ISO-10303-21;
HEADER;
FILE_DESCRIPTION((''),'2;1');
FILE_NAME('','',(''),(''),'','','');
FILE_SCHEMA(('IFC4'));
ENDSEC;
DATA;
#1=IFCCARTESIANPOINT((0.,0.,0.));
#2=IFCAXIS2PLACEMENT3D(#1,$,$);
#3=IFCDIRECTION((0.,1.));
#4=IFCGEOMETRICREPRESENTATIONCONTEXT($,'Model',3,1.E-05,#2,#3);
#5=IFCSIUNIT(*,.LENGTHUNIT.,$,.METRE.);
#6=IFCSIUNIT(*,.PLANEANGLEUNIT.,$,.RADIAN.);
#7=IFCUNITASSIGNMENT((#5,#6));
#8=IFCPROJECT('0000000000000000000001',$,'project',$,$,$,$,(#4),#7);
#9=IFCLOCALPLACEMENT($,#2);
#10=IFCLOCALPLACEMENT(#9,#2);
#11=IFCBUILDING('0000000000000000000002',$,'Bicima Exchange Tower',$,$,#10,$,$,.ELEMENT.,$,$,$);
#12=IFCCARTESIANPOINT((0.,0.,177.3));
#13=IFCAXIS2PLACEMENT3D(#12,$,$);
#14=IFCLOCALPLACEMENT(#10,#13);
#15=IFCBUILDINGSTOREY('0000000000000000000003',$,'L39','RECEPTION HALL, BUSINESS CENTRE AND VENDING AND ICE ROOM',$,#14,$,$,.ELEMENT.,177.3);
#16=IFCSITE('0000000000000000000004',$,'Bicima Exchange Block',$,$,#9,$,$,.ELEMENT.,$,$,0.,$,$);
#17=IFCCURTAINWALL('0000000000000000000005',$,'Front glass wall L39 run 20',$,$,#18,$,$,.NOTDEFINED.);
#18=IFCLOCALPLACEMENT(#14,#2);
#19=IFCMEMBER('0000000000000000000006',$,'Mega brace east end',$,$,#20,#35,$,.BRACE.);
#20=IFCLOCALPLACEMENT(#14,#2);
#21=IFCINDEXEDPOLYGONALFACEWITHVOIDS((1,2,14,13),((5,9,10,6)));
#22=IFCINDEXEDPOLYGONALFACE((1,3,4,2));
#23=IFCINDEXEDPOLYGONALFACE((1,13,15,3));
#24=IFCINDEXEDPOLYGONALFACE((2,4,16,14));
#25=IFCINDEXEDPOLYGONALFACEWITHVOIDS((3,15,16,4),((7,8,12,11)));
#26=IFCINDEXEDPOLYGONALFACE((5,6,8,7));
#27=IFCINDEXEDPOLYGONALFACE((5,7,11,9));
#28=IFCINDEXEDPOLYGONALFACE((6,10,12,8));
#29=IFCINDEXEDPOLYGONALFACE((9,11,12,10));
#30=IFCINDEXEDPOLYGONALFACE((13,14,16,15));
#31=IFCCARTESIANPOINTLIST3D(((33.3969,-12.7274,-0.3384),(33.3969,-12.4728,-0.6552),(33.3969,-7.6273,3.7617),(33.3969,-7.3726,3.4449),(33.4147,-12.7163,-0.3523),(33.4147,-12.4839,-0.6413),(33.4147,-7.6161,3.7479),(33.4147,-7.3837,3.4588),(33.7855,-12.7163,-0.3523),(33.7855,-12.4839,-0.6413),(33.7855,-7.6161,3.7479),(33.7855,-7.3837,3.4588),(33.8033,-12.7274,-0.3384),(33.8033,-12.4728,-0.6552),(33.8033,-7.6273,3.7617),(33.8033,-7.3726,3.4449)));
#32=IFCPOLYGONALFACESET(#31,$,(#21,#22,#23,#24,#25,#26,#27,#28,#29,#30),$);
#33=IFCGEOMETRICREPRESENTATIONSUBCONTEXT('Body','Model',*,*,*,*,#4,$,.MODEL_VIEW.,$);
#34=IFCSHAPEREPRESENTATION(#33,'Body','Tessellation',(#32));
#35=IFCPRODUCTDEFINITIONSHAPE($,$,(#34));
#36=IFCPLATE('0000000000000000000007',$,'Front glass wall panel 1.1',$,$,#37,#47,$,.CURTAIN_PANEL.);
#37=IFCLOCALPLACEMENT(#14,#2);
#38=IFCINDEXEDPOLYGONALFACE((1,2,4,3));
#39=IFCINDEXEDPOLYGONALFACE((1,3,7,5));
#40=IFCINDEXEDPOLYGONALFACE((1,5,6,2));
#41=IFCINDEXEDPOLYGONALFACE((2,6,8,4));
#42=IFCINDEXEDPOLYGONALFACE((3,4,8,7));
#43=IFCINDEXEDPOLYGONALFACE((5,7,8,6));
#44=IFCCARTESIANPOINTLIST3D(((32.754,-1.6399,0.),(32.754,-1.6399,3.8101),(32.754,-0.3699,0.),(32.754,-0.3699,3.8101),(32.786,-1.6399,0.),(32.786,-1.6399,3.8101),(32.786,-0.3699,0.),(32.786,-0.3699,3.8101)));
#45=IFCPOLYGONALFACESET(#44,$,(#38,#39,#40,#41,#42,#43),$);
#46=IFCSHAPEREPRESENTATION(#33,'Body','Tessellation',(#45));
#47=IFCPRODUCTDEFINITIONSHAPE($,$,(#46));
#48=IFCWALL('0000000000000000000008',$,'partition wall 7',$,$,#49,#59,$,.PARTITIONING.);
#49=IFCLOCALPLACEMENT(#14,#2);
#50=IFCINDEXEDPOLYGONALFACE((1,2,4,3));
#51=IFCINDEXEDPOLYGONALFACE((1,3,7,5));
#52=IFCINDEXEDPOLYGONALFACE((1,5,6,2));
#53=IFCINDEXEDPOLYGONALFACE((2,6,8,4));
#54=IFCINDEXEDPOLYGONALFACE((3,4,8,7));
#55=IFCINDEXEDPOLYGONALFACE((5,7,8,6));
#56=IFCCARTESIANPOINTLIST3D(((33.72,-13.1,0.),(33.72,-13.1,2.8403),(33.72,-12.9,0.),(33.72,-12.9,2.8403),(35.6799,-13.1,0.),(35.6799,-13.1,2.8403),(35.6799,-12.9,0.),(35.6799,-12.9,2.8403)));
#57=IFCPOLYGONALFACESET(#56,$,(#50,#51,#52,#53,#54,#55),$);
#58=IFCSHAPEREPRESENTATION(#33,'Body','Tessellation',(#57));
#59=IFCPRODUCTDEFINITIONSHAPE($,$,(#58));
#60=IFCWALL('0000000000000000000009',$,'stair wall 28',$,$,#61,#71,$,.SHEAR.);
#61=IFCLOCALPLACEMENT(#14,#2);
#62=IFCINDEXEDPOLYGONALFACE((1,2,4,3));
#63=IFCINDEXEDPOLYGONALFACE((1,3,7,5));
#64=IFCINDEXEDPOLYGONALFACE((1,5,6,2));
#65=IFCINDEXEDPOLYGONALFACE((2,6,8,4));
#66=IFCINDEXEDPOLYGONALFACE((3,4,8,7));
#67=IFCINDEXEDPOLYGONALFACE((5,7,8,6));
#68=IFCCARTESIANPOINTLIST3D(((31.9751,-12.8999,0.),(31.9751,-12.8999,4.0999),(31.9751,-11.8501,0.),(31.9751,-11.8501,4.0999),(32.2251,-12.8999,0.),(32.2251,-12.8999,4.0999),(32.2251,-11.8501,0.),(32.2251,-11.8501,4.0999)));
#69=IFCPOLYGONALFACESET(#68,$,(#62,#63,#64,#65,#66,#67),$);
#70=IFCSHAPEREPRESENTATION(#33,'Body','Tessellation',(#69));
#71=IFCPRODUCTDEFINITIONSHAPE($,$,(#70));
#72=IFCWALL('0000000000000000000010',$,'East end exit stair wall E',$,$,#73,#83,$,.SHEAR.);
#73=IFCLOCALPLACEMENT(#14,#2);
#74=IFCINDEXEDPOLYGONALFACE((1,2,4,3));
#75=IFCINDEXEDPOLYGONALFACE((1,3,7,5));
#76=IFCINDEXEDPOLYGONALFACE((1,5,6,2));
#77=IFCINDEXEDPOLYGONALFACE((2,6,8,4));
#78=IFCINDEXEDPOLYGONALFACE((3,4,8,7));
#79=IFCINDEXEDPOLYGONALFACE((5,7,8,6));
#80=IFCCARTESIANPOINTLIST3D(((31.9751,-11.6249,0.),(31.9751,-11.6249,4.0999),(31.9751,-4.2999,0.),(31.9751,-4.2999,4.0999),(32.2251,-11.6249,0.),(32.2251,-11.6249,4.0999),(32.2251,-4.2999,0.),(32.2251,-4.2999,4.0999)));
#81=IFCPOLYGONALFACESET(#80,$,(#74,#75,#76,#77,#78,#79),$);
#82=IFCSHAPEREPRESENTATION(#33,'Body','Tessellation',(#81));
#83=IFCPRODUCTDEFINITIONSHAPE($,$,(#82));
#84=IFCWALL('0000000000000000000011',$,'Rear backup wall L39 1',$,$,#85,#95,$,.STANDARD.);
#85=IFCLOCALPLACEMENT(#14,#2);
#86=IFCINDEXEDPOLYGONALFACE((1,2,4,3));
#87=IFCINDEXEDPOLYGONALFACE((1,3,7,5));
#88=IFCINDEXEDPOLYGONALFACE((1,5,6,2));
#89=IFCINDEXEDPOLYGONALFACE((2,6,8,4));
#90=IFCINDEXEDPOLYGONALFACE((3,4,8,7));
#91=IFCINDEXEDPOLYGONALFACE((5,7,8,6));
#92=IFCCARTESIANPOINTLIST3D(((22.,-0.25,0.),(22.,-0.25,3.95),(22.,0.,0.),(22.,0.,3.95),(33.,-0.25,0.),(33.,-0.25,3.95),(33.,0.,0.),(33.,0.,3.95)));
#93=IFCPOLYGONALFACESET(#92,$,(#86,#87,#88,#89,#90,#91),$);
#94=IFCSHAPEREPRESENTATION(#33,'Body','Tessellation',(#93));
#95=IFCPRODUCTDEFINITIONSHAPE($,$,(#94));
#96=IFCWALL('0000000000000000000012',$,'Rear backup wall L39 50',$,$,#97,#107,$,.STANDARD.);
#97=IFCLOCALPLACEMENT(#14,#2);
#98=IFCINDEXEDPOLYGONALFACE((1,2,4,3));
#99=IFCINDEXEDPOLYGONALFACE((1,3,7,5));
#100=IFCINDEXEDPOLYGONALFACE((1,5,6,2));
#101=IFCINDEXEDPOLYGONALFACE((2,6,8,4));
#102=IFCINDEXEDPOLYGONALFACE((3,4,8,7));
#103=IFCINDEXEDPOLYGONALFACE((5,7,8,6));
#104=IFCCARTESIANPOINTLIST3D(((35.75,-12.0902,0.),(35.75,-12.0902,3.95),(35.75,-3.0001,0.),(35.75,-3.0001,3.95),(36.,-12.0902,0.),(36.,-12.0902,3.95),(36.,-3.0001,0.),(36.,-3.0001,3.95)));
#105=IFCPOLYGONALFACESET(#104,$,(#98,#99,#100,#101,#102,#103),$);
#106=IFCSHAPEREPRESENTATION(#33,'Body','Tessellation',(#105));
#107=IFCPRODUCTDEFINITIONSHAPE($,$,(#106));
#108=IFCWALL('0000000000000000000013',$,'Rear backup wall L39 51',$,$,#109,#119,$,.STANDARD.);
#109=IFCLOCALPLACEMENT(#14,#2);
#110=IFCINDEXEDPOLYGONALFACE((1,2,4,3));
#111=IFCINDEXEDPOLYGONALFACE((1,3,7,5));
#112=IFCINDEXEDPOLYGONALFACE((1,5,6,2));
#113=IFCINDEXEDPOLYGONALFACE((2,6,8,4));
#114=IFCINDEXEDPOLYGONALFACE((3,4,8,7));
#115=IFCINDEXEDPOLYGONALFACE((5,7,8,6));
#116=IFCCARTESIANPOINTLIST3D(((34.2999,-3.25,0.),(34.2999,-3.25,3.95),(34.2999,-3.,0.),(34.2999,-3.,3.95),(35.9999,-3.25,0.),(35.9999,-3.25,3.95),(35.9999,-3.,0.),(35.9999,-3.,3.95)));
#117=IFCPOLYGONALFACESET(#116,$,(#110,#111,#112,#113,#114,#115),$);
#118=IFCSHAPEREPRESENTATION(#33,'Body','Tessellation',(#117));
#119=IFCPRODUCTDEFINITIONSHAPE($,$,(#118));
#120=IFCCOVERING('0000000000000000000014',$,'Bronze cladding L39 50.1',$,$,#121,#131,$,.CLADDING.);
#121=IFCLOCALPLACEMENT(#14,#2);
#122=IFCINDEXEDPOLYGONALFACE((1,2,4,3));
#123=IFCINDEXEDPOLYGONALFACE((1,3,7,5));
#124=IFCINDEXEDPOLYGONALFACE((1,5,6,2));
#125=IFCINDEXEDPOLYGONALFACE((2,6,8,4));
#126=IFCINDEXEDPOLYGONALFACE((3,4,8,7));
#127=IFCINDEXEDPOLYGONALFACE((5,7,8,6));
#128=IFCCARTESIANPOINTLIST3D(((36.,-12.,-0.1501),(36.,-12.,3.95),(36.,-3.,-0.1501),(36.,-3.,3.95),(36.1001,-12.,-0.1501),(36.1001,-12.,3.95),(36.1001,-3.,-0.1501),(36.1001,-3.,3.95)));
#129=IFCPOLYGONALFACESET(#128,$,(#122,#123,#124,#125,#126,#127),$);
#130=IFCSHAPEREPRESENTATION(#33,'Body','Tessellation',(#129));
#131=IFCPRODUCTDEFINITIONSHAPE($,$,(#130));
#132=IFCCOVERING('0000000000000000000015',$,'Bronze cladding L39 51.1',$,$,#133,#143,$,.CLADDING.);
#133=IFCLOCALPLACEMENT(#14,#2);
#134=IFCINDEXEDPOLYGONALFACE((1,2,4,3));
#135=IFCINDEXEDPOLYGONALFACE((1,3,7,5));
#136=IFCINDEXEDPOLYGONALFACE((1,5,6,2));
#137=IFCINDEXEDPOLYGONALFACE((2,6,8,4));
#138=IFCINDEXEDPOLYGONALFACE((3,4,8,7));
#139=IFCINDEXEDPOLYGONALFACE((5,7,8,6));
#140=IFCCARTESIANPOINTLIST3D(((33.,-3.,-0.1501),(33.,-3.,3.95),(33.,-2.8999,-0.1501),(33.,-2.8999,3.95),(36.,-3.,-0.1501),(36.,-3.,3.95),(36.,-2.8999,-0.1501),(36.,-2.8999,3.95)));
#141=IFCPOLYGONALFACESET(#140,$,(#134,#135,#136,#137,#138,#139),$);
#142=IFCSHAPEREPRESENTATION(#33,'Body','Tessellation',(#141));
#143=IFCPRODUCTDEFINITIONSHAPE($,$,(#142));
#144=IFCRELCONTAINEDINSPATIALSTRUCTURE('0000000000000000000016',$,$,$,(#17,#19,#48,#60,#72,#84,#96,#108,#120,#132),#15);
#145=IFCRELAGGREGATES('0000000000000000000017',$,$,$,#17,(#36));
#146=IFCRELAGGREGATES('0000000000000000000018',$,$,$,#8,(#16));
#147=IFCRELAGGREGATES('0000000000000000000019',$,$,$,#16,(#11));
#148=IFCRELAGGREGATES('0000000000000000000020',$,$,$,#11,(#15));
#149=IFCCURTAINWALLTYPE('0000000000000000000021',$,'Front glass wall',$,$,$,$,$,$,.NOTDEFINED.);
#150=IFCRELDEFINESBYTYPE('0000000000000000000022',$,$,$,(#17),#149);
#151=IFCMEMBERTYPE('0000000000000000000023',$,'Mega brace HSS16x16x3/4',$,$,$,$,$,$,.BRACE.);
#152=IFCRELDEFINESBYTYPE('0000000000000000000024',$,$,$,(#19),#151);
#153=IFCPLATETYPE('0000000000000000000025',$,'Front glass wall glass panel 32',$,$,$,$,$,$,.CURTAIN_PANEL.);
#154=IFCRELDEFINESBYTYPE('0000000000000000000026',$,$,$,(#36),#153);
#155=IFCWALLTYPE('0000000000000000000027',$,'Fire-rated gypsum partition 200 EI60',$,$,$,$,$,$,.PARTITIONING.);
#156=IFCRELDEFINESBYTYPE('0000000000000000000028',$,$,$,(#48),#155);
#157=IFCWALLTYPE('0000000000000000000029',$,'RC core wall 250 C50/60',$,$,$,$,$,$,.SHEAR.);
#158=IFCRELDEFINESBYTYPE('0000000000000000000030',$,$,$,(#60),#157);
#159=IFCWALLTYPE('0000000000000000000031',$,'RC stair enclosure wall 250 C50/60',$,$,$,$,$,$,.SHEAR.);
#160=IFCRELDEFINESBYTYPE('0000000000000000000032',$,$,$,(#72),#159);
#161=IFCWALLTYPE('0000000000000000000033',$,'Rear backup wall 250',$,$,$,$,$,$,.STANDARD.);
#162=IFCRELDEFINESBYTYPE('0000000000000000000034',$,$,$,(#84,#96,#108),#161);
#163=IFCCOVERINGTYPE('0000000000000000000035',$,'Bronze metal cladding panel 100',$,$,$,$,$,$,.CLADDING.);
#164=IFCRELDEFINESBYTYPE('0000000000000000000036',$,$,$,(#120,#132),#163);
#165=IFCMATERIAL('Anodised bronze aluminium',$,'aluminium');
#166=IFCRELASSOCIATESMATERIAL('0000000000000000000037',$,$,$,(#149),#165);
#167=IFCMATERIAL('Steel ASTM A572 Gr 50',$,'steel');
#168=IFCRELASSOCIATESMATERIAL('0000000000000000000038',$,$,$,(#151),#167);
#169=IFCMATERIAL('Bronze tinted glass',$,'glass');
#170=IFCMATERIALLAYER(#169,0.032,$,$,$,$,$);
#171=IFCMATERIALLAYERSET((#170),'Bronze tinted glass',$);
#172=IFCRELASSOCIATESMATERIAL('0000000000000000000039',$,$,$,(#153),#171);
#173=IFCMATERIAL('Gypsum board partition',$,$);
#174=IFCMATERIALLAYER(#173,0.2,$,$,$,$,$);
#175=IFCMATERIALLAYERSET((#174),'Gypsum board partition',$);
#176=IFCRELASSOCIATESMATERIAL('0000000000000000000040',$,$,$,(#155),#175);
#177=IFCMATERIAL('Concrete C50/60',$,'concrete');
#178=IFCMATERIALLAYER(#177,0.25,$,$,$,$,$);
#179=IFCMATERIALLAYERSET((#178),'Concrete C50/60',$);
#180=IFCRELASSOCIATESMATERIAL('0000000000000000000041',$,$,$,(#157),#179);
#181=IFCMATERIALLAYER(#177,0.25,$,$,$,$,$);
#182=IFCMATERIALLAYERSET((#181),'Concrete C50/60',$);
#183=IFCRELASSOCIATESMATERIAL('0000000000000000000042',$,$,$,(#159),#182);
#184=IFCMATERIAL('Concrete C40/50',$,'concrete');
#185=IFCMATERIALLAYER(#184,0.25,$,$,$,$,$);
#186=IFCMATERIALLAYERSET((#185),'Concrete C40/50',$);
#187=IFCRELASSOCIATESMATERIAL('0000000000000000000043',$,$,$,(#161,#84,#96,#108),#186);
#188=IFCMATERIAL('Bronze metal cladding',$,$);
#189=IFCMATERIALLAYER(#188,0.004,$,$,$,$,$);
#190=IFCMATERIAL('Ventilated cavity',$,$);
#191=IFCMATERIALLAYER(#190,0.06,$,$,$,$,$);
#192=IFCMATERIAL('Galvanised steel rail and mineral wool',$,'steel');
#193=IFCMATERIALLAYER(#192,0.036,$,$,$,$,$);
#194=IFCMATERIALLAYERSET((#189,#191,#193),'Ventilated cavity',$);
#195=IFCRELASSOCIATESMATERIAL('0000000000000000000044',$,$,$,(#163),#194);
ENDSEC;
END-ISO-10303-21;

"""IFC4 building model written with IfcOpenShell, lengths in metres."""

from ifc_helpers import new_model, si_unit, direction, frame, frame_2d, origin, origin_2d, place, context, subcontext, project, spatial, rectangle, hollow_rectangle, extrude, material, layer, layer_set, layer_usage, material_profile, profile_set, type_object, element, aggregate, save


model = new_model("IFC4")

# Units and contexts
model_context = context("Model", 3, precision=1e-05, world=origin(), true_north=direction((0.0, 1.0)))
body_context = subcontext(model_context, "Body", "Model", "MODEL_VIEW")
ifc_project = project(units=[si_unit("LENGTHUNIT", "METRE"), si_unit("PLANEANGLEUNIT", "RADIAN")], contexts=[model_context])

# Site, building, storey
site_placement = place(None, origin())
site = spatial("IfcSite", under=ifc_project, at=site_placement, Name="Bicima Exchange Block", CompositionType="ELEMENT", RefElevation=0.0)
building_placement = place(site_placement, origin())
building = spatial("IfcBuilding", under=site, at=building_placement, Name="Bicima Exchange Tower", CompositionType="ELEMENT")
storey_placement = place(building_placement, frame((0.0, 0.0, 177.3)))
storey = spatial("IfcBuildingStorey", under=building, at=storey_placement, Name="L39", Description="RECEPTION HALL, BUSINESS CENTRE AND VENDING AND ICE ROOM", CompositionType="ELEMENT", Elevation=177.3)

# Shared definitions
ifc_material_1 = material(Name="Steel ASTM A572 Gr 50", Category="steel")

# Shared definitions
ifc_material_2 = material(Name="Anodised bronze aluminium", Category="aluminium")

# Curtain wall
curtain_wall_type_1 = type_object("IfcCurtainWallType", Name="Front glass wall", PredefinedType="NOTDEFINED", material=ifc_material_2)
curtain_wall_1_placement = place(storey_placement, origin())
curtain_wall_1 = element("IfcCurtainWall", 1, at=curtain_wall_1_placement, inside=storey, type_object=curtain_wall_type_1, Name="Front glass wall L39 run 20", PredefinedType="NOTDEFINED")

# Member
ifc_material_profile_1 = material_profile(ifc_material_1, hollow_rectangle(XDim=0.4065, YDim=0.4065, WallThickness=0.0178, at=origin_2d()))
ifc_profile_set_1 = profile_set([ifc_material_profile_1], Name="Steel ASTM A572 Gr 50")
member_type_1 = type_object("IfcMemberType", Name="Mega brace HSS16x16x3/4", PredefinedType="BRACE", material=ifc_profile_set_1)
for number, where, z_axis, x_axis, name in (
    (2, (33.6001, -12.6001, -0.4968), (0.0, 0.779374, 0.626559), (-1.0, 0.0, 0.0), "Mega brace east end"),
):
    element("IfcMember", number, at=place(storey_placement, frame(where, z_axis=z_axis, x_axis=x_axis)), inside=storey, type_object=member_type_1, Name=name, PredefinedType="BRACE", context=body_context, shape_type="SweptSolid", body=[
        extrude(hollow_rectangle(XDim=0.4065, YDim=0.4065, WallThickness=0.0178, at=origin_2d()), origin(), (0.0, 0.0, 1.0), 6.5439),
    ])

# Plate
ifc_material_3 = material(Name="Bronze tinted glass", Category="glass")
ifc_layer_1 = layer(ifc_material_3, 0.032)
ifc_layer_set_1 = layer_set([ifc_layer_1], Name="Bronze tinted glass")
plate_type = type_object("IfcPlateType", Name="Front glass wall glass panel 32", PredefinedType="CURTAIN_PANEL", material=ifc_layer_set_1)
plate_placement = place(storey_placement, frame((32.77, -1.0049, 0.0), z_axis=(0.0, 0.0, 1.0), x_axis=(0.0, 1.0, 0.0)))
plate = element("IfcPlate", 3, at=plate_placement, type_object=plate_type, Name="Front glass wall panel 1.1", PredefinedType="CURTAIN_PANEL", context=body_context, shape_type="SweptSolid", body=[
    extrude(rectangle(XDim=1.27, YDim=0.032, at=origin_2d()), origin(), (0.0, 0.0, 1.0), 3.8101),
])
aggregate(curtain_wall_1, [plate])

# Walls
ifc_material_4 = material(Name="Gypsum board partition")
ifc_layer_2 = layer(ifc_material_4, 0.2)
ifc_layer_set_2 = layer_set([ifc_layer_2], Name="Gypsum board partition")
wall_type_1 = type_object("IfcWallType", Name="Fire-rated gypsum partition 200 EI60", PredefinedType="PARTITIONING", material=ifc_layer_set_2)
wall_1_placement = place(storey_placement, frame((33.72, -13.0, 0.0), z_axis=(0.0, 0.0, 1.0), x_axis=(1.0, 0.0, 0.0)))
element("IfcWall", 4, at=wall_1_placement, inside=storey, type_object=wall_type_1, Name="partition wall 7", PredefinedType="PARTITIONING", context=body_context, shape_type="SweptSolid", body=[
    extrude(rectangle(XDim=1.96, YDim=0.2, at=frame_2d((0.98, 0.0))), origin(), (0.0, 0.0, 1.0), 2.8403),
])
ifc_material_5 = material(Name="Concrete C50/60", Category="concrete")
ifc_layer_3 = layer(ifc_material_5, 0.25)
ifc_layer_set_3 = layer_set([ifc_layer_3], Name="Concrete C50/60")
wall_type_2 = type_object("IfcWallType", Name="RC core wall 250 C50/60", PredefinedType="SHEAR", material=ifc_layer_set_3)
wall_2_placement = place(storey_placement, frame((32.1001, -12.8999, 0.0), z_axis=(0.0, 0.0, 1.0), x_axis=(0.0, 1.0, 0.0)))
element("IfcWall", 5, at=wall_2_placement, inside=storey, type_object=wall_type_2, Name="stair wall 28", PredefinedType="SHEAR", context=body_context, shape_type="SweptSolid", body=[
    extrude(rectangle(XDim=1.0498, YDim=0.25, at=frame_2d((0.5249, 0.0))), origin(), (0.0, 0.0, 1.0), 4.0999),
])
ifc_layer_4 = layer(ifc_material_5, 0.25)
ifc_layer_set_4 = layer_set([ifc_layer_4], Name="Concrete C50/60")
wall_type_3 = type_object("IfcWallType", Name="RC stair enclosure wall 250 C50/60", PredefinedType="SHEAR", material=ifc_layer_set_4)
wall_3_placement = place(storey_placement, frame((32.1001, -11.625, 0.0), z_axis=(0.0, 0.0, 1.0), x_axis=(0.0, 1.0, 0.0)))
element("IfcWall", 6, at=wall_3_placement, inside=storey, type_object=wall_type_3, Name="East end exit stair wall E", PredefinedType="SHEAR", context=body_context, shape_type="SweptSolid", body=[
    extrude(rectangle(XDim=7.325, YDim=0.25, at=frame_2d((3.6626, 0.0))), origin(), (0.0, 0.0, 1.0), 4.0999),
])
ifc_material_6 = material(Name="Concrete C40/50", Category="concrete")
ifc_layer_5 = layer(ifc_material_6, 0.25)
ifc_layer_set_5 = layer_set([ifc_layer_5], Name="Concrete C40/50")
ifc_layer_usage = layer_usage(ifc_layer_set_5, "AXIS2", "POSITIVE", -0.125)
wall_type_4 = type_object("IfcWallType", Name="Rear backup wall 250", PredefinedType="STANDARD", material=ifc_layer_set_5)
wall_4_placement = place(storey_placement, frame((33.0, -0.125, 0.0), z_axis=(0.0, 0.0, 1.0), x_axis=(-1.0, 0.0, 0.0)))
element("IfcWall", 7, at=wall_4_placement, inside=storey, type_object=wall_type_4, material=ifc_layer_usage, Name="Rear backup wall L39 1", PredefinedType="STANDARD", context=body_context, shape_type="SweptSolid", body=[
    extrude(rectangle(XDim=11.0, YDim=0.25, at=frame_2d((5.5, 0.0))), origin(), (0.0, 0.0, 1.0), 3.95),
])
wall_5_placement = place(storey_placement, frame((35.875, -12.0901, 0.0), z_axis=(0.0, 0.0, 1.0), x_axis=(0.0, 1.0, 0.0)))
element("IfcWall", 8, at=wall_5_placement, inside=storey, type_object=wall_type_4, material=ifc_layer_usage, Name="Rear backup wall L39 50", PredefinedType="STANDARD", context=body_context, shape_type="SweptSolid", body=[
    extrude(rectangle(XDim=9.0901, YDim=0.25, at=frame_2d((4.5449, 0.0))), origin(), (0.0, 0.0, 1.0), 3.95),
])
wall_6_placement = place(storey_placement, frame((36.0, -3.125, 0.0), z_axis=(0.0, 0.0, 1.0), x_axis=(-1.0, 0.0, 0.0)))
element("IfcWall", 9, at=wall_6_placement, inside=storey, type_object=wall_type_4, material=ifc_layer_usage, Name="Rear backup wall L39 51", PredefinedType="STANDARD", context=body_context, shape_type="SweptSolid", body=[
    extrude(rectangle(XDim=1.7, YDim=0.25, at=frame_2d((0.8501, 0.0))), origin(), (0.0, 0.0, 1.0), 3.95),
])

# Coverings
ifc_material_7 = material(Name="Bronze metal cladding")
ifc_layer_6 = layer(ifc_material_7, 0.004)
ifc_material_8 = material(Name="Ventilated cavity")
ifc_layer_7 = layer(ifc_material_8, 0.06)
ifc_material_9 = material(Name="Galvanised steel rail and mineral wool", Category="steel")
ifc_layer_8 = layer(ifc_material_9, 0.036)
ifc_layer_set_6 = layer_set([ifc_layer_6, ifc_layer_7, ifc_layer_8], Name="Ventilated cavity")
covering_type = type_object("IfcCoveringType", Name="Bronze metal cladding panel 100", PredefinedType="CLADDING", material=ifc_layer_set_6)
covering_1_placement = place(storey_placement, frame((36.05, -7.5, -0.1501), z_axis=(0.0, 0.0, 1.0), x_axis=(0.0, 1.0, 0.0)))
element("IfcCovering", 10, at=covering_1_placement, inside=storey, type_object=covering_type, Name="Bronze cladding L39 50.1", PredefinedType="CLADDING", context=body_context, shape_type="SweptSolid", body=[
    extrude(rectangle(XDim=9.0, YDim=0.1001, at=origin_2d()), origin(), (0.0, 0.0, 1.0), 4.1001),
])
covering_2_placement = place(storey_placement, frame((34.5, -2.95, -0.1501), z_axis=(0.0, 0.0, 1.0), x_axis=(-1.0, 0.0, 0.0)))
element("IfcCovering", 11, at=covering_2_placement, inside=storey, type_object=covering_type, Name="Bronze cladding L39 51.1", PredefinedType="CLADDING", context=body_context, shape_type="SweptSolid", body=[
    extrude(rectangle(XDim=3.0, YDim=0.1001, at=origin_2d()), origin(), (0.0, 0.0, 1.0), 4.1001),
])

save(model, "model.ifc")
